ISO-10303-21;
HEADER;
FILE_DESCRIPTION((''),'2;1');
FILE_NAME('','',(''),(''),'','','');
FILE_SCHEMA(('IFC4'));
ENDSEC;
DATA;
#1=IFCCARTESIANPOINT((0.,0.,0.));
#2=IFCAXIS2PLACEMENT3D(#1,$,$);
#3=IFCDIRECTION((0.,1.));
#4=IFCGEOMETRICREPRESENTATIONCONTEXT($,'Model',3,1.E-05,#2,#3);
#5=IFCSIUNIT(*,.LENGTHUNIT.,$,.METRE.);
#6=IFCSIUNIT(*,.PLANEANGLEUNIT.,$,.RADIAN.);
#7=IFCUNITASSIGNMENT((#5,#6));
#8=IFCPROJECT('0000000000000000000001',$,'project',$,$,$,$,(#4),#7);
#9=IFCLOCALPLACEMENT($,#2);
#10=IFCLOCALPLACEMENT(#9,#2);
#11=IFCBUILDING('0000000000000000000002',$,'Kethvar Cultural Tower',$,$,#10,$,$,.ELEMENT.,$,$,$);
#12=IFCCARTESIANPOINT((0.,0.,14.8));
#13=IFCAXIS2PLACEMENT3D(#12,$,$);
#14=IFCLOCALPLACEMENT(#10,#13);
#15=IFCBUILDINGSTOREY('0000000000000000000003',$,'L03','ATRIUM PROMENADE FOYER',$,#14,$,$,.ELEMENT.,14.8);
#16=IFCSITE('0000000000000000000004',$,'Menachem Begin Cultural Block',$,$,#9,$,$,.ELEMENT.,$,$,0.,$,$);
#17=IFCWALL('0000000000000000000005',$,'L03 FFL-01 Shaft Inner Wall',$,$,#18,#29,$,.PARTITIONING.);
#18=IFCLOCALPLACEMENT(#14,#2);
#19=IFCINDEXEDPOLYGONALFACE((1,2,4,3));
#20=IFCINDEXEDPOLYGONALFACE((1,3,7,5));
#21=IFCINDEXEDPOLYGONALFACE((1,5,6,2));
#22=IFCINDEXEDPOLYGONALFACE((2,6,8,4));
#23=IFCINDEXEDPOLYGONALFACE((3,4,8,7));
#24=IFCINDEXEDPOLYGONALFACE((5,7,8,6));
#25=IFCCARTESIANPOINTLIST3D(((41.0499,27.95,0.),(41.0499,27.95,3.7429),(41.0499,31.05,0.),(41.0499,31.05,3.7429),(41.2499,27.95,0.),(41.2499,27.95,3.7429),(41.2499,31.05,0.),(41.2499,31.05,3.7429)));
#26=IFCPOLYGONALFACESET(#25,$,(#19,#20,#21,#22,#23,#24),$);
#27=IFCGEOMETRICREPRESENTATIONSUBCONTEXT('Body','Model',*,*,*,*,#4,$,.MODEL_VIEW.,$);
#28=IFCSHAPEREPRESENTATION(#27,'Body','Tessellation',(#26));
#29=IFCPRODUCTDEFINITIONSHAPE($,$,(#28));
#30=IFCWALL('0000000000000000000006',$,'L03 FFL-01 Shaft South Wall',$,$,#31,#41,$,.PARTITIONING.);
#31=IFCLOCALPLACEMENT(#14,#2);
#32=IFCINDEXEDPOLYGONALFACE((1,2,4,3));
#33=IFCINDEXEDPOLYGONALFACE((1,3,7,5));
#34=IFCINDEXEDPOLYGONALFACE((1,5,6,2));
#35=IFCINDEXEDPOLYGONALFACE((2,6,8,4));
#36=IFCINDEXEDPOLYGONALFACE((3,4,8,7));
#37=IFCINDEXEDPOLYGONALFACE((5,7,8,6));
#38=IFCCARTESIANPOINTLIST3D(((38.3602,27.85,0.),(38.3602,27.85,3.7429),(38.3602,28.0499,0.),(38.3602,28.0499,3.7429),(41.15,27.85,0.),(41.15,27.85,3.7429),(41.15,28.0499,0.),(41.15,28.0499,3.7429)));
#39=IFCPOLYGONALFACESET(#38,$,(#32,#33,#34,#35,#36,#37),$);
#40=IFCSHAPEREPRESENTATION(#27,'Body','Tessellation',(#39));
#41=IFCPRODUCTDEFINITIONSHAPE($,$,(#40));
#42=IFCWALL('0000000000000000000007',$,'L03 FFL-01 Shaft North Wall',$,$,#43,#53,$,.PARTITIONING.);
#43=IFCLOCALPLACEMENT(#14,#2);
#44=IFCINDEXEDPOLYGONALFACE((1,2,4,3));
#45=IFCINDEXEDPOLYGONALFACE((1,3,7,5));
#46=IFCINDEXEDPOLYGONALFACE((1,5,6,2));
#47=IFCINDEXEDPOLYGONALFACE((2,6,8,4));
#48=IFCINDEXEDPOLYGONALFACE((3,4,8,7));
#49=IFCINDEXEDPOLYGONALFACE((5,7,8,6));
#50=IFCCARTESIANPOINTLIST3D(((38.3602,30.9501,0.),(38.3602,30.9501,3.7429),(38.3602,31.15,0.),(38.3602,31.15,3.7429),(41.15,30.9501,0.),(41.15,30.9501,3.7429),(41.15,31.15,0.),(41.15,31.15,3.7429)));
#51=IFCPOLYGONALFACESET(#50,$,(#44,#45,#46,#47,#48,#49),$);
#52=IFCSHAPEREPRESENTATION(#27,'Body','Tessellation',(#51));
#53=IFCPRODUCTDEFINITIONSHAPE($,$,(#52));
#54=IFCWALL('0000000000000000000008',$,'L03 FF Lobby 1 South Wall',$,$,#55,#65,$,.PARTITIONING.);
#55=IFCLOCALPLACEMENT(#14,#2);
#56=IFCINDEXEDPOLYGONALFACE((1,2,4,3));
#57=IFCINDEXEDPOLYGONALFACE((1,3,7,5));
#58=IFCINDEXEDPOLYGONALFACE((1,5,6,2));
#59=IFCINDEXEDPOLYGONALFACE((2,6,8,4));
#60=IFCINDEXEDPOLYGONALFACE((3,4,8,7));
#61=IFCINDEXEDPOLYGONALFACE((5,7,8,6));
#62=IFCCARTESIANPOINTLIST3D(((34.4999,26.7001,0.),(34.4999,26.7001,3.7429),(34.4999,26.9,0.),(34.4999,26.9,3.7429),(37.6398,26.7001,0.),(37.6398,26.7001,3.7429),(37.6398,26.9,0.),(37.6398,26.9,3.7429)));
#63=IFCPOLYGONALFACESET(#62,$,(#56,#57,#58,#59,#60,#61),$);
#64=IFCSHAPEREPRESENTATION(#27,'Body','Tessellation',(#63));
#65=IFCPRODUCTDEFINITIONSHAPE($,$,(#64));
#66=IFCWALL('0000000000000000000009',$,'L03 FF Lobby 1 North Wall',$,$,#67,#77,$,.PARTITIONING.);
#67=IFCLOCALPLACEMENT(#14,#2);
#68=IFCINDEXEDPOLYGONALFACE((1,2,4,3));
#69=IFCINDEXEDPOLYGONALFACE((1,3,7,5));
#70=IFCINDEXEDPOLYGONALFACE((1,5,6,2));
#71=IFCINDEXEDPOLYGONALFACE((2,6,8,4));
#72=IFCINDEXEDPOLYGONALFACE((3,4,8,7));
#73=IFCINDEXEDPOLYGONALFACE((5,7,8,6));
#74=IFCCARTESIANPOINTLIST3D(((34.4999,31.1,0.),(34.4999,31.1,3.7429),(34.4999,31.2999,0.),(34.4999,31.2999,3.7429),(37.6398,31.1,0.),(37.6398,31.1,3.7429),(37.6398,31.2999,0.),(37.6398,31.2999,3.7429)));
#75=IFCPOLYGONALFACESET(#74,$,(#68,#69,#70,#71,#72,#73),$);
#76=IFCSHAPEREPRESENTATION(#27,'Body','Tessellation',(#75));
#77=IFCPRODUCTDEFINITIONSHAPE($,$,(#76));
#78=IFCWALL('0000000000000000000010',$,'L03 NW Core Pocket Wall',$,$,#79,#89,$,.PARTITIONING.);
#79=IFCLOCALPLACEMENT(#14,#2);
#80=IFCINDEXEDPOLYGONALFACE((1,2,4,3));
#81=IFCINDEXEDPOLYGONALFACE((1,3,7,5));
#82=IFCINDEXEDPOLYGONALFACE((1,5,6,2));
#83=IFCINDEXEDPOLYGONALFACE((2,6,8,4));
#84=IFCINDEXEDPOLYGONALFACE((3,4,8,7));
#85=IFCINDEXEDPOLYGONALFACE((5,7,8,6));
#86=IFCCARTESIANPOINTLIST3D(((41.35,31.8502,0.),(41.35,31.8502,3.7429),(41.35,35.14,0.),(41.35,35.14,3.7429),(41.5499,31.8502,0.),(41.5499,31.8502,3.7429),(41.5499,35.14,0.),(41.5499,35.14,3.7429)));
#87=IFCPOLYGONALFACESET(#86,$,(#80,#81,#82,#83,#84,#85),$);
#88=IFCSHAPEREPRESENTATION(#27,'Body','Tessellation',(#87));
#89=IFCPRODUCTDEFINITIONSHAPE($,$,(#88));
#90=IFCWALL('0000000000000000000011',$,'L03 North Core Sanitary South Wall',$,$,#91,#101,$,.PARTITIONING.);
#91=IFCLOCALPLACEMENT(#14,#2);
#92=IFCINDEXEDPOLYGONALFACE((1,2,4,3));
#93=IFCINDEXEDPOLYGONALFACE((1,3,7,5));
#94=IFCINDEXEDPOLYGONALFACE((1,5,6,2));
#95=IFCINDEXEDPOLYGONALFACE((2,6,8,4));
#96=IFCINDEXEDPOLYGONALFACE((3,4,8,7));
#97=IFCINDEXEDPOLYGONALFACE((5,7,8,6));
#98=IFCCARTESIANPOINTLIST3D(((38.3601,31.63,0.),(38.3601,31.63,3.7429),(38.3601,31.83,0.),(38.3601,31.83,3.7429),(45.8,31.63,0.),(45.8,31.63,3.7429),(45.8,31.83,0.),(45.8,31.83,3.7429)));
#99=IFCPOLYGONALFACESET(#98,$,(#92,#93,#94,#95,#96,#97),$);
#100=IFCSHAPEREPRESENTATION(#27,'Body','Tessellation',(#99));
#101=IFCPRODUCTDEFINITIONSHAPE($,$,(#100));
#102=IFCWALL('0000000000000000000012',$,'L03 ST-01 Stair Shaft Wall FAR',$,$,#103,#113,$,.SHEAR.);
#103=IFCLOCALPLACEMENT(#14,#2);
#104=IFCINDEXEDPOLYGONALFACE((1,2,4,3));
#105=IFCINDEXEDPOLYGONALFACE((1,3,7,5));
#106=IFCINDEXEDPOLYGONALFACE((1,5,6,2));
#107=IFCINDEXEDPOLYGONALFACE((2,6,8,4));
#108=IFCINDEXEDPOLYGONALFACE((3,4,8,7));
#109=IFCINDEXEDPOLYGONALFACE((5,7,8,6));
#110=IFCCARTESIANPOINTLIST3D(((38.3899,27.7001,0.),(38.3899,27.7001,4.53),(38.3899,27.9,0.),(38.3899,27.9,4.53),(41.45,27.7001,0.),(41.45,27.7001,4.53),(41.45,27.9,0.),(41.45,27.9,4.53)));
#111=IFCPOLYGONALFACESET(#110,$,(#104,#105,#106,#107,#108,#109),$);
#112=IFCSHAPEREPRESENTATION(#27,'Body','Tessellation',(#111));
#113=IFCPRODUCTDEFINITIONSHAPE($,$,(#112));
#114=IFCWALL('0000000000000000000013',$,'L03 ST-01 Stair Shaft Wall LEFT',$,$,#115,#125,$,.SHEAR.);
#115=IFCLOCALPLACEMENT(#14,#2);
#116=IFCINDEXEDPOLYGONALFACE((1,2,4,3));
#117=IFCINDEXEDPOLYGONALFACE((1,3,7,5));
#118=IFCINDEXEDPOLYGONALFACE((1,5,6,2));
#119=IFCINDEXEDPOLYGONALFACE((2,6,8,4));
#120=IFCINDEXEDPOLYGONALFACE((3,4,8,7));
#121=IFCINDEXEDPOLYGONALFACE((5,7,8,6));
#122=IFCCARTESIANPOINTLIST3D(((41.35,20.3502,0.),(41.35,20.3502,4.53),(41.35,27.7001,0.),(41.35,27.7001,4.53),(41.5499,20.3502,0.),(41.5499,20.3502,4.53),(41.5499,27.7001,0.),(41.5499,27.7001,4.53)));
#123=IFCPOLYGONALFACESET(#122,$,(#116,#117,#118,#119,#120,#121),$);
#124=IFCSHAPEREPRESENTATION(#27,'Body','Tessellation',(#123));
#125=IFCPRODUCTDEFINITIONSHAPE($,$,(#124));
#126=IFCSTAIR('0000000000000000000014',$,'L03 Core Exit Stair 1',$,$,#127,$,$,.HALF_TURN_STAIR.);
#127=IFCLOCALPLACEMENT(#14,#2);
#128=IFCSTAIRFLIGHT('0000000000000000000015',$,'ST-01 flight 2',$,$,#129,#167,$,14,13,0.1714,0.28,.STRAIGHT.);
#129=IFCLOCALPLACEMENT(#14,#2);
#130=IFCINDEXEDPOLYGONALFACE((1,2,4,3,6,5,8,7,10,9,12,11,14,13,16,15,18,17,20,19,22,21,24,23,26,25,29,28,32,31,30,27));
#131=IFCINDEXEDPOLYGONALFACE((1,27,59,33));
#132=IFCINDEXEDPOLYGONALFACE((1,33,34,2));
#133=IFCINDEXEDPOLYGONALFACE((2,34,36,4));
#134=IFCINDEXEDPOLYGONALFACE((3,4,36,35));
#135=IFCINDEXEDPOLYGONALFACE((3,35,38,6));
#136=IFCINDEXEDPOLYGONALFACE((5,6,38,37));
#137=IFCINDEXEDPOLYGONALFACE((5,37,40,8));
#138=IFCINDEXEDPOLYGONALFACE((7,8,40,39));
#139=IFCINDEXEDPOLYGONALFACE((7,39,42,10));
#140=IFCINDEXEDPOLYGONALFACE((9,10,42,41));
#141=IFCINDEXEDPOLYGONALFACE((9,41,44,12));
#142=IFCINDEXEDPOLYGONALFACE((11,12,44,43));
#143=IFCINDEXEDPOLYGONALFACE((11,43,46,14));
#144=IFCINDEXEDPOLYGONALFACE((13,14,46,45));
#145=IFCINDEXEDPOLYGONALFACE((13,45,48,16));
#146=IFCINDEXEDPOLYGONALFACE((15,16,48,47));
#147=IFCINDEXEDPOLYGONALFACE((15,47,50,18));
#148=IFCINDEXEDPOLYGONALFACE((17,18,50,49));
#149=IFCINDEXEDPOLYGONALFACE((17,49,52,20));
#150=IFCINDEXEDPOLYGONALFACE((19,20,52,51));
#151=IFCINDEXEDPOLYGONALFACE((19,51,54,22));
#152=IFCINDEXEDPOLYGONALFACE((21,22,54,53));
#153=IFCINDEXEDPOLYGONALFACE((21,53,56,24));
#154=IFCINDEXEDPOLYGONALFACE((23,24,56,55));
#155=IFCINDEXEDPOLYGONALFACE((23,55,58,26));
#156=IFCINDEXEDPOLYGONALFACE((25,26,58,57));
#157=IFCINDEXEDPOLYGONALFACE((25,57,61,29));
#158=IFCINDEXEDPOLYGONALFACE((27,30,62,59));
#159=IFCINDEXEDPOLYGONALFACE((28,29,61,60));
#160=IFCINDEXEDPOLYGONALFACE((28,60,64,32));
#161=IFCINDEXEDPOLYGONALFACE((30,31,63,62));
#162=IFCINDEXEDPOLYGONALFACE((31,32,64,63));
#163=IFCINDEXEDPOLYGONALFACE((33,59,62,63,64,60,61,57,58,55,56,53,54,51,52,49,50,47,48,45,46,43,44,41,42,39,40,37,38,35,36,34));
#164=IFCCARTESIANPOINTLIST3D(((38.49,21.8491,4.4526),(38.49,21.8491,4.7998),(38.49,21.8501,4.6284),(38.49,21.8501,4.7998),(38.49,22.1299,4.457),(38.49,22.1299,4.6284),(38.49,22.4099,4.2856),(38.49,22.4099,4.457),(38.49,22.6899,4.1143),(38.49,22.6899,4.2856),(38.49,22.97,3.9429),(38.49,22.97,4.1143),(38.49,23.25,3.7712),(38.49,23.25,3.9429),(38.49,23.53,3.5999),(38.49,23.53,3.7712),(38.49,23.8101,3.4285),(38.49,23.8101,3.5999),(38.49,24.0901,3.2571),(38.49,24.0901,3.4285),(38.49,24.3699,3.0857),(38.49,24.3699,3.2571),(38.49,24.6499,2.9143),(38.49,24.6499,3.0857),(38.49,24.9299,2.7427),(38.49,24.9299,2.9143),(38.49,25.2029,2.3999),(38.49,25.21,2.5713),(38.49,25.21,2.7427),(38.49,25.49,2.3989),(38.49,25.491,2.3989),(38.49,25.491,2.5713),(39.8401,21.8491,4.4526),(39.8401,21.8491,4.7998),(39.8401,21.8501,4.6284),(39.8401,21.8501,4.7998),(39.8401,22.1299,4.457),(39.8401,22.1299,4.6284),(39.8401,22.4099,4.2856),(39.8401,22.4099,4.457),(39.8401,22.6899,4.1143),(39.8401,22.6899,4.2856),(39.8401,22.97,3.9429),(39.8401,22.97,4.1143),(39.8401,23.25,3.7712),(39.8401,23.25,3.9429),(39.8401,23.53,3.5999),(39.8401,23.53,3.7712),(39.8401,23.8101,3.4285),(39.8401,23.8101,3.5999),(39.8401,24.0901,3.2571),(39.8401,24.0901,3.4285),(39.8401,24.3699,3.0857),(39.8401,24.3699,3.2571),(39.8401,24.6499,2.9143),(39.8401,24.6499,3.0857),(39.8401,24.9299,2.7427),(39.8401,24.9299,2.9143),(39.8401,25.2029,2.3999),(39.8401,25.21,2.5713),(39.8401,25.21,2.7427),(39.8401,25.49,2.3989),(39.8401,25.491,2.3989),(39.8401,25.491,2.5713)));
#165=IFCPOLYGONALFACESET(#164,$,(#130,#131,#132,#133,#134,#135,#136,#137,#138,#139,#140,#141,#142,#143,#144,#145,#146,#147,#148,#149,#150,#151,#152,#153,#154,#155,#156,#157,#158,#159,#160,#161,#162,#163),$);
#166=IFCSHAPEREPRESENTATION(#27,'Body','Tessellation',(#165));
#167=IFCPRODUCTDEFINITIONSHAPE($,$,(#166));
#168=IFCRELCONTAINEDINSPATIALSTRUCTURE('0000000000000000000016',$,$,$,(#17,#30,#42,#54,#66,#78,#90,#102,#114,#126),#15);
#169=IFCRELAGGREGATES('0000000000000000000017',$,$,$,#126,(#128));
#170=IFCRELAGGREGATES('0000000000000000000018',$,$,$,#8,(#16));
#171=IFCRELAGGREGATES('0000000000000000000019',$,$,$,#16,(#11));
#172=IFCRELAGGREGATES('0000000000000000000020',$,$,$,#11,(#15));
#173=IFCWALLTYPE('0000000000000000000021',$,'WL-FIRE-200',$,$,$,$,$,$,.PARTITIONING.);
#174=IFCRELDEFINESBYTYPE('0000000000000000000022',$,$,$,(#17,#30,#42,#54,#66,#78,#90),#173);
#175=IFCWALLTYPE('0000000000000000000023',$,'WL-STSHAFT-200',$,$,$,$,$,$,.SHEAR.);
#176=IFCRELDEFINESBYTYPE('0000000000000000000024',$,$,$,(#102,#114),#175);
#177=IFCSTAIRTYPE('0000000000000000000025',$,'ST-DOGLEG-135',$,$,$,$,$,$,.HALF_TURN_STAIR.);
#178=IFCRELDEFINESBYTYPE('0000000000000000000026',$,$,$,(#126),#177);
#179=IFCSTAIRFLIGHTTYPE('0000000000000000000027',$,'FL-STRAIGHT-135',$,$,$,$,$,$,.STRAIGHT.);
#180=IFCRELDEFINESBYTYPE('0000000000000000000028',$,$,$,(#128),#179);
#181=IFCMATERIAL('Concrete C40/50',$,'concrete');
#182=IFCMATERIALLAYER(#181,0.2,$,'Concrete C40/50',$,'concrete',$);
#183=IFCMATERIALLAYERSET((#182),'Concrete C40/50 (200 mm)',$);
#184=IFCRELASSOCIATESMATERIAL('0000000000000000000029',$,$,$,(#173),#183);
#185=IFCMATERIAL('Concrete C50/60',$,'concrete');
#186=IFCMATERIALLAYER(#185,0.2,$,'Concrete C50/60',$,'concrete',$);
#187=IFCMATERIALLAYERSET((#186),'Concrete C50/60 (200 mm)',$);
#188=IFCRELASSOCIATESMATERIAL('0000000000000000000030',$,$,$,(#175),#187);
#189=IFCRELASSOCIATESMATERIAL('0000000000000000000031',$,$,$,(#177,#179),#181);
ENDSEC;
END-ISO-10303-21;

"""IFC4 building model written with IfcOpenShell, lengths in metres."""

from ifc_helpers import new_model, si_unit, direction, frame, frame_2d, origin, place, context, subcontext, project, spatial, polyline, rectangle, outline, extrude, material, layer, layer_set, type_object, element, aggregate, save


model = new_model("IFC4")

# Units and contexts
model_context = context("Model", 3, precision=1e-05, world=origin(), true_north=direction((0.0, 1.0)))
body_context = subcontext(model_context, "Body", "Model", "MODEL_VIEW")
ifc_project = project(units=[si_unit("LENGTHUNIT", "METRE"), si_unit("PLANEANGLEUNIT", "RADIAN")], contexts=[model_context])

# Site, building, storey
site_placement = place(None, origin())
site = spatial("IfcSite", under=ifc_project, at=site_placement, Name="Menachem Begin Cultural Block", CompositionType="ELEMENT", RefElevation=0.0)
building_placement = place(site_placement, origin())
building = spatial("IfcBuilding", under=site, at=building_placement, Name="Kethvar Cultural Tower", CompositionType="ELEMENT")
storey_placement = place(building_placement, frame((0.0, 0.0, 14.8)))
storey = spatial("IfcBuildingStorey", under=building, at=storey_placement, Name="L03", Description="ATRIUM PROMENADE FOYER", CompositionType="ELEMENT", Elevation=14.8)

# Walls
ifc_material_1 = material(Name="Concrete C40/50", Category="concrete")
ifc_layer_1 = layer(ifc_material_1, 0.2, Name="Concrete C40/50", Category="concrete")
ifc_layer_set_1 = layer_set([ifc_layer_1], Name="Concrete C40/50 (200 mm)")
wall_type_1 = type_object("IfcWallType", Name="WL-FIRE-200", PredefinedType="PARTITIONING", material=ifc_layer_set_1)
wall_1_placement = place(storey_placement, frame((41.1499, 27.95, 0.0), z_axis=(0.0, 0.0, 1.0), x_axis=(0.0, 1.0, 0.0)))
element("IfcWall", 1, at=wall_1_placement, inside=storey, type_object=wall_type_1, Name="L03 FFL-01 Shaft Inner Wall", PredefinedType="PARTITIONING", context=body_context, shape_type="SweptSolid", body=[
    extrude(rectangle(XDim=3.1001, YDim=0.2, at=frame_2d((1.55, 0.0))), origin(), (0.0, 0.0, 1.0), 3.7429),
])
for number, where, z_axis, x_axis, name in (
    (2, (38.3601, 27.95, 0.0), (0.0, 0.0, 1.0), (1.0, 0.0, 0.0), "L03 FFL-01 Shaft South Wall"),
    (3, (38.3601, 31.05, 0.0), (0.0, 0.0, 1.0), (1.0, 0.0, 0.0), "L03 FFL-01 Shaft North Wall"),
):
    element("IfcWall", number, at=place(storey_placement, frame(where, z_axis=z_axis, x_axis=x_axis)), inside=storey, type_object=wall_type_1, Name=name, PredefinedType="PARTITIONING", context=body_context, shape_type="SweptSolid", body=[
        extrude(rectangle(XDim=2.7898, YDim=0.2, at=frame_2d((1.395, 0.0))), origin(), (0.0, 0.0, 1.0), 3.7429),
    ])

# Walls
for number, where, z_axis, x_axis, name in (
    (4, (34.5, 26.8, 0.0), (0.0, 0.0, 1.0), (1.0, 0.0, 0.0), "L03 FF Lobby 1 South Wall"),
    (5, (34.5, 31.2, 0.0), (0.0, 0.0, 1.0), (1.0, 0.0, 0.0), "L03 FF Lobby 1 North Wall"),
):
    element("IfcWall", number, at=place(storey_placement, frame(where, z_axis=z_axis, x_axis=x_axis)), inside=storey, type_object=wall_type_1, Name=name, PredefinedType="PARTITIONING", context=body_context, shape_type="SweptSolid", body=[
        extrude(rectangle(XDim=3.1399, YDim=0.2, at=frame_2d((1.5698, 0.0))), origin(), (0.0, 0.0, 1.0), 3.7429),
    ])
wall_2_placement = place(storey_placement, frame((41.45, 31.8501, 0.0), z_axis=(0.0, 0.0, 1.0), x_axis=(0.0, 1.0, 0.0)))
element("IfcWall", 6, at=wall_2_placement, inside=storey, type_object=wall_type_1, Name="L03 NW Core Pocket Wall", PredefinedType="PARTITIONING", context=body_context, shape_type="SweptSolid", body=[
    extrude(rectangle(XDim=3.2898, YDim=0.2, at=frame_2d((1.645, 0.0))), origin(), (0.0, 0.0, 1.0), 3.7429),
])
wall_3_placement = place(storey_placement, frame((38.3601, 31.73, 0.0), z_axis=(0.0, 0.0, 1.0), x_axis=(1.0, 0.0, 0.0)))
element("IfcWall", 7, at=wall_3_placement, inside=storey, type_object=wall_type_1, Name="L03 North Core Sanitary South Wall", PredefinedType="PARTITIONING", context=body_context, shape_type="SweptSolid", body=[
    extrude(rectangle(XDim=7.4399, YDim=0.2, at=frame_2d((3.72, 0.0))), origin(), (0.0, 0.0, 1.0), 3.7429),
])
ifc_material_2 = material(Name="Concrete C50/60", Category="concrete")
ifc_layer_2 = layer(ifc_material_2, 0.2, Name="Concrete C50/60", Category="concrete")
ifc_layer_set_2 = layer_set([ifc_layer_2], Name="Concrete C50/60 (200 mm)")
wall_type_2 = type_object("IfcWallType", Name="WL-STSHAFT-200", PredefinedType="SHEAR", material=ifc_layer_set_2)
wall_4_placement = place(storey_placement, frame((38.3899, 27.8, 0.0), z_axis=(0.0, 0.0, 1.0), x_axis=(1.0, 0.0, 0.0)))
element("IfcWall", 8, at=wall_4_placement, inside=storey, type_object=wall_type_2, Name="L03 ST-01 Stair Shaft Wall FAR", PredefinedType="SHEAR", context=body_context, shape_type="SweptSolid", body=[
    extrude(rectangle(XDim=3.0601, YDim=0.2, at=frame_2d((1.53, 0.0))), origin(), (0.0, 0.0, 1.0), 4.53),
])
wall_5_placement = place(storey_placement, frame((41.45, 27.7, 0.0), z_axis=(0.0, 0.0, 1.0), x_axis=(0.0, -1.0, 0.0)))
element("IfcWall", 9, at=wall_5_placement, inside=storey, type_object=wall_type_2, Name="L03 ST-01 Stair Shaft Wall LEFT", PredefinedType="SHEAR", context=body_context, shape_type="SweptSolid", body=[
    extrude(rectangle(XDim=7.3499, YDim=0.2, at=frame_2d((3.6748, 0.0))), origin(), (0.0, 0.0, 1.0), 4.53),
])

# Stair, stair flight
stair_type = type_object("IfcStairType", Name="ST-DOGLEG-135", PredefinedType="HALF_TURN_STAIR", material=ifc_material_1)
stair_placement = place(storey_placement, origin())
stair = element("IfcStair", 10, at=stair_placement, inside=storey, type_object=stair_type, Name="L03 Core Exit Stair 1", PredefinedType="HALF_TURN_STAIR")
stair_flight_type = type_object("IfcStairFlightType", Name="FL-STRAIGHT-135", PredefinedType="STRAIGHT", material=ifc_material_1)
stair_flight_placement = place(storey_placement, frame((39.165, 25.49, 2.3999), z_axis=(0.0, 0.0, 1.0), x_axis=(0.0, -1.0, 0.0)))
stair_flight = element("IfcStairFlight", 11, at=stair_flight_placement, type_object=stair_flight_type, Name="ST-01 flight 2", NumberOfRisers=14, NumberOfTreads=13, PredefinedType="STRAIGHT", RiserHeight=0.1714, TreadLength=0.28, context=body_context, shape_type="SweptSolid", body=[
    extrude(outline(polyline([(-0.001, -0.001), (-0.001, 0.1714), (0.28, 0.1714), (0.28, 0.3428), (0.5601, 0.3428), (0.5601, 0.5144), (0.8401, 0.5144), (0.8401, 0.6858), (1.1201, 0.6858), (1.1201, 0.8572), (1.3999, 0.8572), (1.3999, 1.0286), (1.6799, 1.0286), (1.6799, 1.2), (1.96, 1.2), (1.96, 1.3713), (2.24, 1.3713), (2.24, 1.543), (2.52, 1.543), (2.52, 1.7144), (2.8, 1.7144), (2.8, 1.8857), (3.0801, 1.8857), (3.0801, 2.0571), (3.3601, 2.0571), (3.3601, 2.2285), (3.6399, 2.2285), (3.6399, 2.3999), (3.6409, 2.3999), (3.6409, 2.0527), (0.2871, 0.0), (0.0, -0.001), (-0.001, -0.001)])), frame((0.0, 0.675, 0.0), z_axis=(0.0, -1.0, 0.0), x_axis=(1.0, 0.0, 0.0)), (0.0, 0.0, 1.0), 1.3501),
])
aggregate(stair, [stair_flight])

save(model, "model.ifc")
